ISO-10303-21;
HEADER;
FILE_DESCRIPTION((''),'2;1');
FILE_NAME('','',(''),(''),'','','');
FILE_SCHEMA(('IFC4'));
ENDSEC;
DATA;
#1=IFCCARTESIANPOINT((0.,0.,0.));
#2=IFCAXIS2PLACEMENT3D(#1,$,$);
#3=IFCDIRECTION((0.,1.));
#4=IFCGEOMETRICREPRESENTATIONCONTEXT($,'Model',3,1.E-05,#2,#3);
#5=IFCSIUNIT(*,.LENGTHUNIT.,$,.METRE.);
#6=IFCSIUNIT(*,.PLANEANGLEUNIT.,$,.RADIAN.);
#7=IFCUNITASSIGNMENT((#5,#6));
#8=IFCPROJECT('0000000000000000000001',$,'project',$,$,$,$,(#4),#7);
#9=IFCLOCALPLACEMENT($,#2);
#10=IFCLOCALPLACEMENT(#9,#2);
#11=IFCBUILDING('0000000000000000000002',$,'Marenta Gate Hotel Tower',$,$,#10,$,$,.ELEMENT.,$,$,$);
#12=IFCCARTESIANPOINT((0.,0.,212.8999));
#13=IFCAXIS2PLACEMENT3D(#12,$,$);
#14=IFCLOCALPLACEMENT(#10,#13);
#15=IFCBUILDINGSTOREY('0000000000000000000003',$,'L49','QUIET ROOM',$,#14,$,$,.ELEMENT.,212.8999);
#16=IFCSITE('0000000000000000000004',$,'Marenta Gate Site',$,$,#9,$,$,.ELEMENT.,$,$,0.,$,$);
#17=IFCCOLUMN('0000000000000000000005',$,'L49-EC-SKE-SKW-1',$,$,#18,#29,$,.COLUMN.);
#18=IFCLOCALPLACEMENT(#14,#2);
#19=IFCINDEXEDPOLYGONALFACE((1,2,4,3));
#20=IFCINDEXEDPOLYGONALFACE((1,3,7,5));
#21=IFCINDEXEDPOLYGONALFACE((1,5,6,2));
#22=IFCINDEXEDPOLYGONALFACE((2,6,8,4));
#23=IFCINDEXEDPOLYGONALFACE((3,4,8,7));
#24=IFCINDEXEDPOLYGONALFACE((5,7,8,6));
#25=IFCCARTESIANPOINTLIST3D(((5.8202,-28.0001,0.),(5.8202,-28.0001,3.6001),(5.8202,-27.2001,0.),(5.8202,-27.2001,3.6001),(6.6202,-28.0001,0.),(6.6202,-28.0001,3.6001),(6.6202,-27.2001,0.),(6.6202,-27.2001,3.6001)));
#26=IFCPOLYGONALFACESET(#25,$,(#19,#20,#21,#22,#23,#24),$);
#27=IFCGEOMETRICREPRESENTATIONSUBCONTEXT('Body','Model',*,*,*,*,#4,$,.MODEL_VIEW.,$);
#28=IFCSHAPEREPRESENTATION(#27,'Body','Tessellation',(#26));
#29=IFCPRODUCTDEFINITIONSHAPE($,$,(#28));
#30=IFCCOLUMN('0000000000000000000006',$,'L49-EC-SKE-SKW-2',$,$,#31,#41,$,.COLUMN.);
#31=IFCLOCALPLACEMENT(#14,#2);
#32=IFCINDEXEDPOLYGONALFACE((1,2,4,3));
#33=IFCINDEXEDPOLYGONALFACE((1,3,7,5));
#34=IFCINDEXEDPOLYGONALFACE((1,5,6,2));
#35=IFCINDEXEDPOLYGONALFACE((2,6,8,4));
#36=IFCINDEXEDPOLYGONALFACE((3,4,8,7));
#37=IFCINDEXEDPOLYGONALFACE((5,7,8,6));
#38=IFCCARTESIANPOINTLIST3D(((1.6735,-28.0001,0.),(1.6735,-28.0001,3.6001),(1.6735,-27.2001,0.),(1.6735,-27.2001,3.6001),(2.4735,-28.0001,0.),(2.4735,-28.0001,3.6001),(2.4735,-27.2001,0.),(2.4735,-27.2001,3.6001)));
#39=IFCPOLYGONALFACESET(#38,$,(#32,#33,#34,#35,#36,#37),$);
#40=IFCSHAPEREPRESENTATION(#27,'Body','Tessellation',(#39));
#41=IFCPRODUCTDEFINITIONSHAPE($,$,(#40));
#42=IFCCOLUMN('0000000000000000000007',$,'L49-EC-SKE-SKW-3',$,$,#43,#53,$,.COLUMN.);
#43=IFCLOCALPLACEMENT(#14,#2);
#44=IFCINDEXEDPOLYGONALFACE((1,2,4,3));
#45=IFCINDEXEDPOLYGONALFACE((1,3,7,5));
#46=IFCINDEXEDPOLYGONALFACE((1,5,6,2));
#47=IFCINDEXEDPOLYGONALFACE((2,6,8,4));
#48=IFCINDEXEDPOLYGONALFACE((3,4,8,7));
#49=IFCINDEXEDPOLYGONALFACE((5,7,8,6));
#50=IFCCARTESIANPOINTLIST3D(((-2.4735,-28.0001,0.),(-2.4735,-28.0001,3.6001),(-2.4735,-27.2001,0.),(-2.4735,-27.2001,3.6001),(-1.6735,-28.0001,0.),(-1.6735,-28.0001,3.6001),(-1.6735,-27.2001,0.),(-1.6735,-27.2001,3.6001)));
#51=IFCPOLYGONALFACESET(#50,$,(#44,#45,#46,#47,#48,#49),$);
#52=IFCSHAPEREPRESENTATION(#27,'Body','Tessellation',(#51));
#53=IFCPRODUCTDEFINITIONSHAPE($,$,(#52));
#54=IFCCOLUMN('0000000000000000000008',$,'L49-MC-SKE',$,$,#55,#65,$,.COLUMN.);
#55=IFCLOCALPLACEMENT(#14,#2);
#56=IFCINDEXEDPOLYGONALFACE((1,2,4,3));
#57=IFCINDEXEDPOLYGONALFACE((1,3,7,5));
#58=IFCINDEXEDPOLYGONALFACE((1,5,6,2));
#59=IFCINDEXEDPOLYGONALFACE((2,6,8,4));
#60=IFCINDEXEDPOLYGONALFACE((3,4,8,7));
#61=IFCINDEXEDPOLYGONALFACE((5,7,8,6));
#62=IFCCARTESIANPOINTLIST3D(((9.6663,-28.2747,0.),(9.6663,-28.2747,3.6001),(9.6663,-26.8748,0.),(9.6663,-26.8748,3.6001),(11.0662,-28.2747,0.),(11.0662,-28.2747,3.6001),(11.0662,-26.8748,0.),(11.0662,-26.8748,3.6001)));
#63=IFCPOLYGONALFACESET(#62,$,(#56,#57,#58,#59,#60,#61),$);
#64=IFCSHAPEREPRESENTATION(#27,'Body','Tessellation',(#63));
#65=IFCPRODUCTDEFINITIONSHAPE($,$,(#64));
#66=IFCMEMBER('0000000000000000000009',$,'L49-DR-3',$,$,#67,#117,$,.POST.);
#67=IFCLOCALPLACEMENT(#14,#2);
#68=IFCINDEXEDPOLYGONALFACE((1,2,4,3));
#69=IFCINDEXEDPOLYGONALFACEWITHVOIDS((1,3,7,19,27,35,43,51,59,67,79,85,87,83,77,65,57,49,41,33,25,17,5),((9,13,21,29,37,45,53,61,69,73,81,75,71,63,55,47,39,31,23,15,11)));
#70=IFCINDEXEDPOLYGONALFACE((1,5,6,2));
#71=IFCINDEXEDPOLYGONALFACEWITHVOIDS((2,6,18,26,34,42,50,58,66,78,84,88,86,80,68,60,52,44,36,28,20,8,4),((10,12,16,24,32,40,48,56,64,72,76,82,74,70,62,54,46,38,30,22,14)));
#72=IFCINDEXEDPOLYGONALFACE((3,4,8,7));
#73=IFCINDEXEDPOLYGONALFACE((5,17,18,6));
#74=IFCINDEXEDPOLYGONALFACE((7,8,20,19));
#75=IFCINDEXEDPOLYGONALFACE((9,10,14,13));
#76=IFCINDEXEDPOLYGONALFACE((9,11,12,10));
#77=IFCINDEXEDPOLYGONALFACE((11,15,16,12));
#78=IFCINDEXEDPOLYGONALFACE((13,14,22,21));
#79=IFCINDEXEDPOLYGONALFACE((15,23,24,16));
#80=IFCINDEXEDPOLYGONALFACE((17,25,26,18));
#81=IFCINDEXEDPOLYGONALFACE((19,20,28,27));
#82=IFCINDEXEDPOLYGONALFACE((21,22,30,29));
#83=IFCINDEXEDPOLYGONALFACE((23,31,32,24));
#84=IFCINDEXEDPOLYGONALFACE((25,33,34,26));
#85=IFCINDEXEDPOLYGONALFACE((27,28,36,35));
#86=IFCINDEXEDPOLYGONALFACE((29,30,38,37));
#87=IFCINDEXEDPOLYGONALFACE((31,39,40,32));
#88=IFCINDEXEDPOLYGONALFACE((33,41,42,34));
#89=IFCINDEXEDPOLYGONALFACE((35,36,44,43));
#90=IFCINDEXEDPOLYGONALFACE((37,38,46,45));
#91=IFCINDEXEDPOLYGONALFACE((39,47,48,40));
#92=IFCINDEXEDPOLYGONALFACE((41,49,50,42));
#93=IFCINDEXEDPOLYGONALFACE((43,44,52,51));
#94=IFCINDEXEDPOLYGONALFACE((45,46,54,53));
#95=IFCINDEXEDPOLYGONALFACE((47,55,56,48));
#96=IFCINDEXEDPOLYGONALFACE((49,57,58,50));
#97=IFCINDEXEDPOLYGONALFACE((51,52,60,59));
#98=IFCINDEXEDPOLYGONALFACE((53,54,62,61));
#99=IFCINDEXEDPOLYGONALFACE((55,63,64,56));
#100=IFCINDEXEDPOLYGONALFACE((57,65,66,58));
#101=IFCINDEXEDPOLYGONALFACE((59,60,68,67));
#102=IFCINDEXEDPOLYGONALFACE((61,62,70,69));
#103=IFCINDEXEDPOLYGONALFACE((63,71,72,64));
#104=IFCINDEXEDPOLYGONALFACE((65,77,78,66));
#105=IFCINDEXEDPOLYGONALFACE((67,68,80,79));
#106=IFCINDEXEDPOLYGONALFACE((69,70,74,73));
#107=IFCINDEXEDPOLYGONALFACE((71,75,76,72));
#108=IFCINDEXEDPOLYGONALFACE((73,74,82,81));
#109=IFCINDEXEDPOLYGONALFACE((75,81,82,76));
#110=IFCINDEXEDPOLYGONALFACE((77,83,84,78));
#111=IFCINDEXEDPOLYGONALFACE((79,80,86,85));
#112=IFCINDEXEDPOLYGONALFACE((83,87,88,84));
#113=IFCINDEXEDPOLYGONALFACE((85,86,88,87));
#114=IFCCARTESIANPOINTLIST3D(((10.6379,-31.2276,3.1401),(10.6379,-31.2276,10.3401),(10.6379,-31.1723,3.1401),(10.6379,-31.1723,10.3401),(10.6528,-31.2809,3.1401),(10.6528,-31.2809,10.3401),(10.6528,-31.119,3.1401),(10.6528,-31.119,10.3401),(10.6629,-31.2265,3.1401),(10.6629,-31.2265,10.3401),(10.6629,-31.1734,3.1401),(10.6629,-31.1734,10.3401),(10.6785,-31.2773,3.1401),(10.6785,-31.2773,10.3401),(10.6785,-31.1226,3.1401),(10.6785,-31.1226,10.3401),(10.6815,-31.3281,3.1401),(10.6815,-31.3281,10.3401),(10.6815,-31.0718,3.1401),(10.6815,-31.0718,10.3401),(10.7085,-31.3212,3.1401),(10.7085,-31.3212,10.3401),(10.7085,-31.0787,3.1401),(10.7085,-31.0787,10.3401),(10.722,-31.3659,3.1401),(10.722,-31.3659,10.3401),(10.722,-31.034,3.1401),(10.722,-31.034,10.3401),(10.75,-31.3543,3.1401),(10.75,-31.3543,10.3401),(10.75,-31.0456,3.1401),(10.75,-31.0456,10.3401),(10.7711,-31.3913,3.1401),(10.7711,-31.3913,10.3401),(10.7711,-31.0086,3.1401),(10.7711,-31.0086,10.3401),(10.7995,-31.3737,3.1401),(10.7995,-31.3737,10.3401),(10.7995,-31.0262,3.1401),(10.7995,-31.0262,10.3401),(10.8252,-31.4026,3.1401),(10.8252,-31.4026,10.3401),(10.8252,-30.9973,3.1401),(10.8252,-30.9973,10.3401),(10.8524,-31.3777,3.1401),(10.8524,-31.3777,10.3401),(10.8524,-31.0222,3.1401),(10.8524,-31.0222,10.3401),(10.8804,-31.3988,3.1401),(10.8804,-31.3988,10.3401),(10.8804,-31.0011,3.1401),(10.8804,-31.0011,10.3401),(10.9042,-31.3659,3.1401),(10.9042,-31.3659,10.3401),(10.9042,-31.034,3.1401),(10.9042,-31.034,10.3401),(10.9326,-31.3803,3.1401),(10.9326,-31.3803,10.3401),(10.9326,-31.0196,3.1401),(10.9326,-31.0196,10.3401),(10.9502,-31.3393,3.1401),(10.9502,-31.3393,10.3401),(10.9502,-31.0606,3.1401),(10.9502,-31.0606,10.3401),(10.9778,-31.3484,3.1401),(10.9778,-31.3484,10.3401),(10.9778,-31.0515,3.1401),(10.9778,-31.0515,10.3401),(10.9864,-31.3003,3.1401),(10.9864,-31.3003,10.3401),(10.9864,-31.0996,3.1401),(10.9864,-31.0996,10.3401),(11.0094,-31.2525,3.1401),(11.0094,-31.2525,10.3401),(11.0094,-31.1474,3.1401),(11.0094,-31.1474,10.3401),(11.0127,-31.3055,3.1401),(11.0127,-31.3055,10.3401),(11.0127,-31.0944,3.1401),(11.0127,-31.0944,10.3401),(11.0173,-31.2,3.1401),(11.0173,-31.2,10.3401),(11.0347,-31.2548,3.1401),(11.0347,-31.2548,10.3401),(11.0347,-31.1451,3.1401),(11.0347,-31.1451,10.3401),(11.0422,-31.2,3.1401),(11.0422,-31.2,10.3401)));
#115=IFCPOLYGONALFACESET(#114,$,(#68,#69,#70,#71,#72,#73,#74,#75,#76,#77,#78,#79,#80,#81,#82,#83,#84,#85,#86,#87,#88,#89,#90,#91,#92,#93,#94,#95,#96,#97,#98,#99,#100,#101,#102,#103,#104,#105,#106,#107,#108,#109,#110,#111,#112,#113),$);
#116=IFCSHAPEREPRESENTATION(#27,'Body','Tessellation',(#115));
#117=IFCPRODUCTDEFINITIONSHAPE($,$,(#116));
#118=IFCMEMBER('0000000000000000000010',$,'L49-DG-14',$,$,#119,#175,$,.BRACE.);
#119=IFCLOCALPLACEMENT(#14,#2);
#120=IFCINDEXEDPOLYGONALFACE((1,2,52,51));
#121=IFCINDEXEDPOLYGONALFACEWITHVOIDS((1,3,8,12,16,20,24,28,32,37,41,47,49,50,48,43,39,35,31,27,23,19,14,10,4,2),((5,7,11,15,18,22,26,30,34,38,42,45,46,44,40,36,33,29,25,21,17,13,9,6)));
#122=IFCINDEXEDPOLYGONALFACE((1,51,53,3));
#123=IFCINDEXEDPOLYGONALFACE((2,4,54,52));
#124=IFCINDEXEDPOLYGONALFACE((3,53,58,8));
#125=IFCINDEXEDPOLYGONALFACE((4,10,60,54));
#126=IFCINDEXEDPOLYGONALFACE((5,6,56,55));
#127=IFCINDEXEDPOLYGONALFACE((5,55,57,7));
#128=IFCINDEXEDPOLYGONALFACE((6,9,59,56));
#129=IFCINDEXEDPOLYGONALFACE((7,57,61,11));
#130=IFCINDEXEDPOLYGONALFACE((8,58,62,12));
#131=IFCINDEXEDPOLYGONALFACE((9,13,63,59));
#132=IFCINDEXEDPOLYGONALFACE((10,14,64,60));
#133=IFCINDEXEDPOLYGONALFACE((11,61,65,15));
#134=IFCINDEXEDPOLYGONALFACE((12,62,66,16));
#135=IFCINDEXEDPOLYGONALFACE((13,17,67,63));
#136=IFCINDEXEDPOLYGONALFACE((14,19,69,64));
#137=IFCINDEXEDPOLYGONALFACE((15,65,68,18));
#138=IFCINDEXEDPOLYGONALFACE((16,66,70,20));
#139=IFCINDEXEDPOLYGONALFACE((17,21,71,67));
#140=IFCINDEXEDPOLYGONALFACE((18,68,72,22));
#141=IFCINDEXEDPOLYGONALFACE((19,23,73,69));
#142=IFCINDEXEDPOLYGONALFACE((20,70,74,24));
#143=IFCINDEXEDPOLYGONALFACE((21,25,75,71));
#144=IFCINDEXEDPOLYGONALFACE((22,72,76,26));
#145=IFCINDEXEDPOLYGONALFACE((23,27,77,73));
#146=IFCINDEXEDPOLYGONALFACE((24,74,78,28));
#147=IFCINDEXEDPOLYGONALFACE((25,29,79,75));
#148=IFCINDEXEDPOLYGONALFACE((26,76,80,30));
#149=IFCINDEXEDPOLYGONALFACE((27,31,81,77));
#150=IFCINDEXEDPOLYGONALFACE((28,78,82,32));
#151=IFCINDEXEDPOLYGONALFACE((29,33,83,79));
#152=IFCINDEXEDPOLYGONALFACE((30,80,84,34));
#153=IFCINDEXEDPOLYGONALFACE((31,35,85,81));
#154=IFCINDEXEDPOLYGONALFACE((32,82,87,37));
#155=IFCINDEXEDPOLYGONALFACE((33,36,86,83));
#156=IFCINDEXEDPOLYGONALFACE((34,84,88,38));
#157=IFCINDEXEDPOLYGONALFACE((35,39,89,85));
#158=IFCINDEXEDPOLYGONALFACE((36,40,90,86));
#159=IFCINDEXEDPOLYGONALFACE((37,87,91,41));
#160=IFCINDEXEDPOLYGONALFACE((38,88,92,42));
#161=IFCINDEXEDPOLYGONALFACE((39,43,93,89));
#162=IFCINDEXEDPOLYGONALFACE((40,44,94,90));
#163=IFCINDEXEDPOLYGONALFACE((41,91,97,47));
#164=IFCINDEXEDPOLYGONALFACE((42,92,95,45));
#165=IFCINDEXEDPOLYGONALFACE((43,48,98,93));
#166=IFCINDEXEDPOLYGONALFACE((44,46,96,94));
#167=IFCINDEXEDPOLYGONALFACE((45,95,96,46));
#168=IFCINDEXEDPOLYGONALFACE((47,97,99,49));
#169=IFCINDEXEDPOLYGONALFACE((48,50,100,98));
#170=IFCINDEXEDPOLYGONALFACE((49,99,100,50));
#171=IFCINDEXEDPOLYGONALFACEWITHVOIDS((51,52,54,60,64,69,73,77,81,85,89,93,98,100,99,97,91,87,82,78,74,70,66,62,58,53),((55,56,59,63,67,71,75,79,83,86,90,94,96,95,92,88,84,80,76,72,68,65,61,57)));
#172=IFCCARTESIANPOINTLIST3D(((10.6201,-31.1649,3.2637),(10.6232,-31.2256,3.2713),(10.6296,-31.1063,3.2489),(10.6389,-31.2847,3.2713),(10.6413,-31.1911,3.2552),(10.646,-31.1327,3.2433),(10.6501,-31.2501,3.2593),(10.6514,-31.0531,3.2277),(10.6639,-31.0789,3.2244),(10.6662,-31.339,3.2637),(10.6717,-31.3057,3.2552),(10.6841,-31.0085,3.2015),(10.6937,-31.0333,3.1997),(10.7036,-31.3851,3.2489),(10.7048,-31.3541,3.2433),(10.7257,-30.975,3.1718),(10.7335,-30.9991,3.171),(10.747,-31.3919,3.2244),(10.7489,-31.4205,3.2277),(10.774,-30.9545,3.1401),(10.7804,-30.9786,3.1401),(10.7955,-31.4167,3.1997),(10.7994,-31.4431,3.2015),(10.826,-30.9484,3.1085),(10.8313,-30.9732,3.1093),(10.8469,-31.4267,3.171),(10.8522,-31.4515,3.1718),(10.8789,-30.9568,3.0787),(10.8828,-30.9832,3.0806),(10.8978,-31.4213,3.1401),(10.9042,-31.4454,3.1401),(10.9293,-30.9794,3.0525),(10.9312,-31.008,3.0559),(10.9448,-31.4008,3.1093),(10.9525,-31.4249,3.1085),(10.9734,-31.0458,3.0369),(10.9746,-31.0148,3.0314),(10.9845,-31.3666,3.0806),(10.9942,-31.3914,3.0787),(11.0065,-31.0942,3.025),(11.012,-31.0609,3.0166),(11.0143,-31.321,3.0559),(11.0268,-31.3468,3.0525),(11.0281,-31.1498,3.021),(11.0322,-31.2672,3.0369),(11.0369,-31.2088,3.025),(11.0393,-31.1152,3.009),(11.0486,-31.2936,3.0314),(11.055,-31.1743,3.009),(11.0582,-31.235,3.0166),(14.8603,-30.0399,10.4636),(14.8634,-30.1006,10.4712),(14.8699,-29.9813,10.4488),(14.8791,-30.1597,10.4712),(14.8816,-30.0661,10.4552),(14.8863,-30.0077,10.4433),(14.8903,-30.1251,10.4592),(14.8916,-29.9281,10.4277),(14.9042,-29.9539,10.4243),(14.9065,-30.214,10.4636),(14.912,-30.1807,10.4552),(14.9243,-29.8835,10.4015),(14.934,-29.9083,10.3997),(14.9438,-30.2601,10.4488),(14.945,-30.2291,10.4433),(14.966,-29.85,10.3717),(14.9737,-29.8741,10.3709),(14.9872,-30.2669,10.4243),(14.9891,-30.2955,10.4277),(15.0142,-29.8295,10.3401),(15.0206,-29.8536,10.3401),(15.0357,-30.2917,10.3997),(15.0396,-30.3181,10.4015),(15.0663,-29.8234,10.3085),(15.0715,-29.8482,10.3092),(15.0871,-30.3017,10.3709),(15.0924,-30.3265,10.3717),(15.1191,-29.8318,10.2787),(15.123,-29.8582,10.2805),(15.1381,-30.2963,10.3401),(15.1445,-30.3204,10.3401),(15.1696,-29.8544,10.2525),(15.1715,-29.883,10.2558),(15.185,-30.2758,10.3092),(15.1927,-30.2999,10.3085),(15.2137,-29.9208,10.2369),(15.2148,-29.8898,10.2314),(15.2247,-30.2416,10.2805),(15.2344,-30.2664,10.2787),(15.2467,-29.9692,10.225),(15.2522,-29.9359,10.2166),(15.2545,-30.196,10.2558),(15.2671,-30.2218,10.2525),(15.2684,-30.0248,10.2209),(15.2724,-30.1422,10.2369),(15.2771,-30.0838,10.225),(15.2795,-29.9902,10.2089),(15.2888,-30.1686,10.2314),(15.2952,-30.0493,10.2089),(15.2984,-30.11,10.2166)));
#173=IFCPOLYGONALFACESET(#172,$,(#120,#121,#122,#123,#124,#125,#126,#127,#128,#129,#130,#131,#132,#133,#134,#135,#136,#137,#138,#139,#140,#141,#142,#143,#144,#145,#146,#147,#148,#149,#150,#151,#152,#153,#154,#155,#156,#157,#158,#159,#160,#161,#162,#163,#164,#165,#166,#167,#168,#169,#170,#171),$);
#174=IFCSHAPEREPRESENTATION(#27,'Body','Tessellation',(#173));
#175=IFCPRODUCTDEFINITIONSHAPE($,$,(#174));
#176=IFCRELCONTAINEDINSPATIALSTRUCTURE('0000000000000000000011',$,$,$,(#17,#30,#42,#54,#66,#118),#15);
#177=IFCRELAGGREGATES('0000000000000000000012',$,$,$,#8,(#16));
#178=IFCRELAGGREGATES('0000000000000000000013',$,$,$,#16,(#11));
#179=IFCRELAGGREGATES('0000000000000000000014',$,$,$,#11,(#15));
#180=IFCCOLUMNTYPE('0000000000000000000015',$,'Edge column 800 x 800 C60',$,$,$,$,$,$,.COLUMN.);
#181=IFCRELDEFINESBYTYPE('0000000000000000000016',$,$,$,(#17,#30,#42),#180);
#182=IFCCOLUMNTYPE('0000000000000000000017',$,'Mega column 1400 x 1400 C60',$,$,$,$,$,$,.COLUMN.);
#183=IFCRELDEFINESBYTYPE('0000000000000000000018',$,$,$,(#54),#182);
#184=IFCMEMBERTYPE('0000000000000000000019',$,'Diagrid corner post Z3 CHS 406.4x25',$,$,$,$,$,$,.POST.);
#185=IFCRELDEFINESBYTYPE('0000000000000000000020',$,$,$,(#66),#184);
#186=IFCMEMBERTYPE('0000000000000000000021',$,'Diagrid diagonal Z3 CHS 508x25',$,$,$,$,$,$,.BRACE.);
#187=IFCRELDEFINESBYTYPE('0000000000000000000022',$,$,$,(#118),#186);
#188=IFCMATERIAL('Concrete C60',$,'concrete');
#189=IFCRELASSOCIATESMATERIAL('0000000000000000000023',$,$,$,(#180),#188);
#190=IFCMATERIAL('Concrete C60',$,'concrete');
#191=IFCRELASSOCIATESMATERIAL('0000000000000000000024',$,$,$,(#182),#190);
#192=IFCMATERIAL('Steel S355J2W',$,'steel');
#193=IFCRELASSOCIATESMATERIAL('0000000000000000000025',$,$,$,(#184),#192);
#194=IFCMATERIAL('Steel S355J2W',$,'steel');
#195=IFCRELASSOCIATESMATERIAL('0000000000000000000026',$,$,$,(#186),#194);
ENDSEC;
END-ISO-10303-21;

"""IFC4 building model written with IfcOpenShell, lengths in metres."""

from ifc_helpers import new_model, si_unit, direction, frame, origin, origin_2d, place, context, subcontext, project, spatial, rectangle, hollow_circle, extrude, material, material_profile, profile_set, type_object, element, save


model = new_model("IFC4")

# Units and contexts
model_context = context("Model", 3, precision=1e-05, world=origin(), true_north=direction((0.0, 1.0)))
body_context = subcontext(model_context, "Body", "Model", "MODEL_VIEW")
ifc_project = project(units=[si_unit("LENGTHUNIT", "METRE"), si_unit("PLANEANGLEUNIT", "RADIAN")], contexts=[model_context])

# Site, building, storey
site_placement = place(None, origin())
site = spatial("IfcSite", under=ifc_project, at=site_placement, Name="Marenta Gate Site", CompositionType="ELEMENT", RefElevation=0.0)
building_placement = place(site_placement, origin())
building = spatial("IfcBuilding", under=site, at=building_placement, Name="Marenta Gate Hotel Tower", CompositionType="ELEMENT")
storey_placement = place(building_placement, frame((0.0, 0.0, 212.8999)))
storey = spatial("IfcBuildingStorey", under=building, at=storey_placement, Name="L49", Description="QUIET ROOM", CompositionType="ELEMENT", Elevation=212.8999)

# Columns
ifc_material_1 = material(Name="Concrete C60", Category="concrete")
ifc_material_profile_1 = material_profile(ifc_material_1, rectangle(XDim=0.8, YDim=0.8, at=origin_2d()), Name="800 x 800")
ifc_profile_set_1 = profile_set([ifc_material_profile_1], Name="Concrete C60")
column_type_1 = type_object("IfcColumnType", Name="Edge column 800 x 800 C60", PredefinedType="COLUMN", material=ifc_profile_set_1)
for number, where, z_axis, x_axis, name in (
    (1, (6.2202, -27.6001, 0.0), (0.0, 0.0, 1.0), (1.0, 0.0, 0.0), "L49-EC-SKE-SKW-1"),
    (2, (2.0735, -27.6001, 0.0), (0.0, 0.0, 1.0), (1.0, 0.0, 0.0), "L49-EC-SKE-SKW-2"),
    (3, (-2.0735, -27.6001, 0.0), (0.0, 0.0, 1.0), (1.0, 0.0, 0.0), "L49-EC-SKE-SKW-3"),
):
    element("IfcColumn", number, at=place(storey_placement, frame(where, z_axis=z_axis, x_axis=x_axis)), inside=storey, type_object=column_type_1, Name=name, PredefinedType="COLUMN", context=body_context, shape_type="SweptSolid", body=[
        extrude(rectangle(XDim=0.8, YDim=0.8, at=origin_2d()), origin(), (0.0, 0.0, 1.0), 3.6001),
    ])
ifc_material_2 = material(Name="Concrete C60", Category="concrete")
ifc_material_profile_2 = material_profile(ifc_material_2, rectangle(XDim=1.3999, YDim=1.3999, at=origin_2d()), Name="1400 x 1400")
ifc_profile_set_2 = profile_set([ifc_material_profile_2], Name="Concrete C60")
column_type_2 = type_object("IfcColumnType", Name="Mega column 1400 x 1400 C60", PredefinedType="COLUMN", material=ifc_profile_set_2)
column_placement = place(storey_placement, frame((10.3662, -27.5747, 0.0), z_axis=(0.0, 0.0, 1.0), x_axis=(1.0, 0.0, 0.0)))
element("IfcColumn", 4, at=column_placement, inside=storey, type_object=column_type_2, Name="L49-MC-SKE", PredefinedType="COLUMN", context=body_context, shape_type="SweptSolid", body=[
    extrude(rectangle(XDim=1.3999, YDim=1.3999, at=origin_2d()), origin(), (0.0, 0.0, 1.0), 3.6001),
])

# Members
ifc_material_3 = material(Name="Steel S355J2W", Category="steel")
ifc_material_profile_3 = material_profile(ifc_material_3, hollow_circle(Radius=0.2031, WallThickness=0.0249, at=origin_2d()), Name="CHS 406.4x25")
ifc_profile_set_3 = profile_set([ifc_material_profile_3], Name="Steel S355J2W")
member_type_1 = type_object("IfcMemberType", Name="Diagrid corner post Z3 CHS 406.4x25", PredefinedType="POST", material=ifc_profile_set_3)
member_1_placement = place(storey_placement, frame((10.8391, -31.2, 3.1401), z_axis=(0.0, 0.0, 1.0), x_axis=(1.0, 0.0, 0.0)))
element("IfcMember", 5, at=member_1_placement, inside=storey, type_object=member_type_1, Name="L49-DR-3", PredefinedType="POST", context=body_context, shape_type="SweptSolid", body=[
    extrude(hollow_circle(Radius=0.2031, WallThickness=0.0249, at=origin_2d()), origin(), (0.0, 0.0, 1.0), 7.2),
])
ifc_material_4 = material(Name="Steel S355J2W", Category="steel")
ifc_material_profile_4 = material_profile(ifc_material_4, hollow_circle(Radius=0.2539, WallThickness=0.0249, at=origin_2d()), Name="CHS 508x25")
ifc_profile_set_4 = profile_set([ifc_material_profile_4], Name="Steel S355J2W")
member_type_2 = type_object("IfcMemberType", Name="Diagrid diagonal Z3 CHS 508x25", PredefinedType="BRACE", material=ifc_profile_set_4)
member_2_placement = place(storey_placement, frame((10.8391, -31.2, 3.1401), z_axis=(0.502924, 0.133434, 0.853969), x_axis=(-0.256443, 0.966559, 0.0)))
element("IfcMember", 6, at=member_2_placement, inside=storey, type_object=member_type_2, Name="L49-DG-14", PredefinedType="BRACE", context=body_context, shape_type="SweptSolid", body=[
    extrude(hollow_circle(Radius=0.2539, WallThickness=0.0249, at=origin_2d()), origin(), (0.0, 0.0, 1.0), 8.4312),
])

save(model, "model.ifc")
